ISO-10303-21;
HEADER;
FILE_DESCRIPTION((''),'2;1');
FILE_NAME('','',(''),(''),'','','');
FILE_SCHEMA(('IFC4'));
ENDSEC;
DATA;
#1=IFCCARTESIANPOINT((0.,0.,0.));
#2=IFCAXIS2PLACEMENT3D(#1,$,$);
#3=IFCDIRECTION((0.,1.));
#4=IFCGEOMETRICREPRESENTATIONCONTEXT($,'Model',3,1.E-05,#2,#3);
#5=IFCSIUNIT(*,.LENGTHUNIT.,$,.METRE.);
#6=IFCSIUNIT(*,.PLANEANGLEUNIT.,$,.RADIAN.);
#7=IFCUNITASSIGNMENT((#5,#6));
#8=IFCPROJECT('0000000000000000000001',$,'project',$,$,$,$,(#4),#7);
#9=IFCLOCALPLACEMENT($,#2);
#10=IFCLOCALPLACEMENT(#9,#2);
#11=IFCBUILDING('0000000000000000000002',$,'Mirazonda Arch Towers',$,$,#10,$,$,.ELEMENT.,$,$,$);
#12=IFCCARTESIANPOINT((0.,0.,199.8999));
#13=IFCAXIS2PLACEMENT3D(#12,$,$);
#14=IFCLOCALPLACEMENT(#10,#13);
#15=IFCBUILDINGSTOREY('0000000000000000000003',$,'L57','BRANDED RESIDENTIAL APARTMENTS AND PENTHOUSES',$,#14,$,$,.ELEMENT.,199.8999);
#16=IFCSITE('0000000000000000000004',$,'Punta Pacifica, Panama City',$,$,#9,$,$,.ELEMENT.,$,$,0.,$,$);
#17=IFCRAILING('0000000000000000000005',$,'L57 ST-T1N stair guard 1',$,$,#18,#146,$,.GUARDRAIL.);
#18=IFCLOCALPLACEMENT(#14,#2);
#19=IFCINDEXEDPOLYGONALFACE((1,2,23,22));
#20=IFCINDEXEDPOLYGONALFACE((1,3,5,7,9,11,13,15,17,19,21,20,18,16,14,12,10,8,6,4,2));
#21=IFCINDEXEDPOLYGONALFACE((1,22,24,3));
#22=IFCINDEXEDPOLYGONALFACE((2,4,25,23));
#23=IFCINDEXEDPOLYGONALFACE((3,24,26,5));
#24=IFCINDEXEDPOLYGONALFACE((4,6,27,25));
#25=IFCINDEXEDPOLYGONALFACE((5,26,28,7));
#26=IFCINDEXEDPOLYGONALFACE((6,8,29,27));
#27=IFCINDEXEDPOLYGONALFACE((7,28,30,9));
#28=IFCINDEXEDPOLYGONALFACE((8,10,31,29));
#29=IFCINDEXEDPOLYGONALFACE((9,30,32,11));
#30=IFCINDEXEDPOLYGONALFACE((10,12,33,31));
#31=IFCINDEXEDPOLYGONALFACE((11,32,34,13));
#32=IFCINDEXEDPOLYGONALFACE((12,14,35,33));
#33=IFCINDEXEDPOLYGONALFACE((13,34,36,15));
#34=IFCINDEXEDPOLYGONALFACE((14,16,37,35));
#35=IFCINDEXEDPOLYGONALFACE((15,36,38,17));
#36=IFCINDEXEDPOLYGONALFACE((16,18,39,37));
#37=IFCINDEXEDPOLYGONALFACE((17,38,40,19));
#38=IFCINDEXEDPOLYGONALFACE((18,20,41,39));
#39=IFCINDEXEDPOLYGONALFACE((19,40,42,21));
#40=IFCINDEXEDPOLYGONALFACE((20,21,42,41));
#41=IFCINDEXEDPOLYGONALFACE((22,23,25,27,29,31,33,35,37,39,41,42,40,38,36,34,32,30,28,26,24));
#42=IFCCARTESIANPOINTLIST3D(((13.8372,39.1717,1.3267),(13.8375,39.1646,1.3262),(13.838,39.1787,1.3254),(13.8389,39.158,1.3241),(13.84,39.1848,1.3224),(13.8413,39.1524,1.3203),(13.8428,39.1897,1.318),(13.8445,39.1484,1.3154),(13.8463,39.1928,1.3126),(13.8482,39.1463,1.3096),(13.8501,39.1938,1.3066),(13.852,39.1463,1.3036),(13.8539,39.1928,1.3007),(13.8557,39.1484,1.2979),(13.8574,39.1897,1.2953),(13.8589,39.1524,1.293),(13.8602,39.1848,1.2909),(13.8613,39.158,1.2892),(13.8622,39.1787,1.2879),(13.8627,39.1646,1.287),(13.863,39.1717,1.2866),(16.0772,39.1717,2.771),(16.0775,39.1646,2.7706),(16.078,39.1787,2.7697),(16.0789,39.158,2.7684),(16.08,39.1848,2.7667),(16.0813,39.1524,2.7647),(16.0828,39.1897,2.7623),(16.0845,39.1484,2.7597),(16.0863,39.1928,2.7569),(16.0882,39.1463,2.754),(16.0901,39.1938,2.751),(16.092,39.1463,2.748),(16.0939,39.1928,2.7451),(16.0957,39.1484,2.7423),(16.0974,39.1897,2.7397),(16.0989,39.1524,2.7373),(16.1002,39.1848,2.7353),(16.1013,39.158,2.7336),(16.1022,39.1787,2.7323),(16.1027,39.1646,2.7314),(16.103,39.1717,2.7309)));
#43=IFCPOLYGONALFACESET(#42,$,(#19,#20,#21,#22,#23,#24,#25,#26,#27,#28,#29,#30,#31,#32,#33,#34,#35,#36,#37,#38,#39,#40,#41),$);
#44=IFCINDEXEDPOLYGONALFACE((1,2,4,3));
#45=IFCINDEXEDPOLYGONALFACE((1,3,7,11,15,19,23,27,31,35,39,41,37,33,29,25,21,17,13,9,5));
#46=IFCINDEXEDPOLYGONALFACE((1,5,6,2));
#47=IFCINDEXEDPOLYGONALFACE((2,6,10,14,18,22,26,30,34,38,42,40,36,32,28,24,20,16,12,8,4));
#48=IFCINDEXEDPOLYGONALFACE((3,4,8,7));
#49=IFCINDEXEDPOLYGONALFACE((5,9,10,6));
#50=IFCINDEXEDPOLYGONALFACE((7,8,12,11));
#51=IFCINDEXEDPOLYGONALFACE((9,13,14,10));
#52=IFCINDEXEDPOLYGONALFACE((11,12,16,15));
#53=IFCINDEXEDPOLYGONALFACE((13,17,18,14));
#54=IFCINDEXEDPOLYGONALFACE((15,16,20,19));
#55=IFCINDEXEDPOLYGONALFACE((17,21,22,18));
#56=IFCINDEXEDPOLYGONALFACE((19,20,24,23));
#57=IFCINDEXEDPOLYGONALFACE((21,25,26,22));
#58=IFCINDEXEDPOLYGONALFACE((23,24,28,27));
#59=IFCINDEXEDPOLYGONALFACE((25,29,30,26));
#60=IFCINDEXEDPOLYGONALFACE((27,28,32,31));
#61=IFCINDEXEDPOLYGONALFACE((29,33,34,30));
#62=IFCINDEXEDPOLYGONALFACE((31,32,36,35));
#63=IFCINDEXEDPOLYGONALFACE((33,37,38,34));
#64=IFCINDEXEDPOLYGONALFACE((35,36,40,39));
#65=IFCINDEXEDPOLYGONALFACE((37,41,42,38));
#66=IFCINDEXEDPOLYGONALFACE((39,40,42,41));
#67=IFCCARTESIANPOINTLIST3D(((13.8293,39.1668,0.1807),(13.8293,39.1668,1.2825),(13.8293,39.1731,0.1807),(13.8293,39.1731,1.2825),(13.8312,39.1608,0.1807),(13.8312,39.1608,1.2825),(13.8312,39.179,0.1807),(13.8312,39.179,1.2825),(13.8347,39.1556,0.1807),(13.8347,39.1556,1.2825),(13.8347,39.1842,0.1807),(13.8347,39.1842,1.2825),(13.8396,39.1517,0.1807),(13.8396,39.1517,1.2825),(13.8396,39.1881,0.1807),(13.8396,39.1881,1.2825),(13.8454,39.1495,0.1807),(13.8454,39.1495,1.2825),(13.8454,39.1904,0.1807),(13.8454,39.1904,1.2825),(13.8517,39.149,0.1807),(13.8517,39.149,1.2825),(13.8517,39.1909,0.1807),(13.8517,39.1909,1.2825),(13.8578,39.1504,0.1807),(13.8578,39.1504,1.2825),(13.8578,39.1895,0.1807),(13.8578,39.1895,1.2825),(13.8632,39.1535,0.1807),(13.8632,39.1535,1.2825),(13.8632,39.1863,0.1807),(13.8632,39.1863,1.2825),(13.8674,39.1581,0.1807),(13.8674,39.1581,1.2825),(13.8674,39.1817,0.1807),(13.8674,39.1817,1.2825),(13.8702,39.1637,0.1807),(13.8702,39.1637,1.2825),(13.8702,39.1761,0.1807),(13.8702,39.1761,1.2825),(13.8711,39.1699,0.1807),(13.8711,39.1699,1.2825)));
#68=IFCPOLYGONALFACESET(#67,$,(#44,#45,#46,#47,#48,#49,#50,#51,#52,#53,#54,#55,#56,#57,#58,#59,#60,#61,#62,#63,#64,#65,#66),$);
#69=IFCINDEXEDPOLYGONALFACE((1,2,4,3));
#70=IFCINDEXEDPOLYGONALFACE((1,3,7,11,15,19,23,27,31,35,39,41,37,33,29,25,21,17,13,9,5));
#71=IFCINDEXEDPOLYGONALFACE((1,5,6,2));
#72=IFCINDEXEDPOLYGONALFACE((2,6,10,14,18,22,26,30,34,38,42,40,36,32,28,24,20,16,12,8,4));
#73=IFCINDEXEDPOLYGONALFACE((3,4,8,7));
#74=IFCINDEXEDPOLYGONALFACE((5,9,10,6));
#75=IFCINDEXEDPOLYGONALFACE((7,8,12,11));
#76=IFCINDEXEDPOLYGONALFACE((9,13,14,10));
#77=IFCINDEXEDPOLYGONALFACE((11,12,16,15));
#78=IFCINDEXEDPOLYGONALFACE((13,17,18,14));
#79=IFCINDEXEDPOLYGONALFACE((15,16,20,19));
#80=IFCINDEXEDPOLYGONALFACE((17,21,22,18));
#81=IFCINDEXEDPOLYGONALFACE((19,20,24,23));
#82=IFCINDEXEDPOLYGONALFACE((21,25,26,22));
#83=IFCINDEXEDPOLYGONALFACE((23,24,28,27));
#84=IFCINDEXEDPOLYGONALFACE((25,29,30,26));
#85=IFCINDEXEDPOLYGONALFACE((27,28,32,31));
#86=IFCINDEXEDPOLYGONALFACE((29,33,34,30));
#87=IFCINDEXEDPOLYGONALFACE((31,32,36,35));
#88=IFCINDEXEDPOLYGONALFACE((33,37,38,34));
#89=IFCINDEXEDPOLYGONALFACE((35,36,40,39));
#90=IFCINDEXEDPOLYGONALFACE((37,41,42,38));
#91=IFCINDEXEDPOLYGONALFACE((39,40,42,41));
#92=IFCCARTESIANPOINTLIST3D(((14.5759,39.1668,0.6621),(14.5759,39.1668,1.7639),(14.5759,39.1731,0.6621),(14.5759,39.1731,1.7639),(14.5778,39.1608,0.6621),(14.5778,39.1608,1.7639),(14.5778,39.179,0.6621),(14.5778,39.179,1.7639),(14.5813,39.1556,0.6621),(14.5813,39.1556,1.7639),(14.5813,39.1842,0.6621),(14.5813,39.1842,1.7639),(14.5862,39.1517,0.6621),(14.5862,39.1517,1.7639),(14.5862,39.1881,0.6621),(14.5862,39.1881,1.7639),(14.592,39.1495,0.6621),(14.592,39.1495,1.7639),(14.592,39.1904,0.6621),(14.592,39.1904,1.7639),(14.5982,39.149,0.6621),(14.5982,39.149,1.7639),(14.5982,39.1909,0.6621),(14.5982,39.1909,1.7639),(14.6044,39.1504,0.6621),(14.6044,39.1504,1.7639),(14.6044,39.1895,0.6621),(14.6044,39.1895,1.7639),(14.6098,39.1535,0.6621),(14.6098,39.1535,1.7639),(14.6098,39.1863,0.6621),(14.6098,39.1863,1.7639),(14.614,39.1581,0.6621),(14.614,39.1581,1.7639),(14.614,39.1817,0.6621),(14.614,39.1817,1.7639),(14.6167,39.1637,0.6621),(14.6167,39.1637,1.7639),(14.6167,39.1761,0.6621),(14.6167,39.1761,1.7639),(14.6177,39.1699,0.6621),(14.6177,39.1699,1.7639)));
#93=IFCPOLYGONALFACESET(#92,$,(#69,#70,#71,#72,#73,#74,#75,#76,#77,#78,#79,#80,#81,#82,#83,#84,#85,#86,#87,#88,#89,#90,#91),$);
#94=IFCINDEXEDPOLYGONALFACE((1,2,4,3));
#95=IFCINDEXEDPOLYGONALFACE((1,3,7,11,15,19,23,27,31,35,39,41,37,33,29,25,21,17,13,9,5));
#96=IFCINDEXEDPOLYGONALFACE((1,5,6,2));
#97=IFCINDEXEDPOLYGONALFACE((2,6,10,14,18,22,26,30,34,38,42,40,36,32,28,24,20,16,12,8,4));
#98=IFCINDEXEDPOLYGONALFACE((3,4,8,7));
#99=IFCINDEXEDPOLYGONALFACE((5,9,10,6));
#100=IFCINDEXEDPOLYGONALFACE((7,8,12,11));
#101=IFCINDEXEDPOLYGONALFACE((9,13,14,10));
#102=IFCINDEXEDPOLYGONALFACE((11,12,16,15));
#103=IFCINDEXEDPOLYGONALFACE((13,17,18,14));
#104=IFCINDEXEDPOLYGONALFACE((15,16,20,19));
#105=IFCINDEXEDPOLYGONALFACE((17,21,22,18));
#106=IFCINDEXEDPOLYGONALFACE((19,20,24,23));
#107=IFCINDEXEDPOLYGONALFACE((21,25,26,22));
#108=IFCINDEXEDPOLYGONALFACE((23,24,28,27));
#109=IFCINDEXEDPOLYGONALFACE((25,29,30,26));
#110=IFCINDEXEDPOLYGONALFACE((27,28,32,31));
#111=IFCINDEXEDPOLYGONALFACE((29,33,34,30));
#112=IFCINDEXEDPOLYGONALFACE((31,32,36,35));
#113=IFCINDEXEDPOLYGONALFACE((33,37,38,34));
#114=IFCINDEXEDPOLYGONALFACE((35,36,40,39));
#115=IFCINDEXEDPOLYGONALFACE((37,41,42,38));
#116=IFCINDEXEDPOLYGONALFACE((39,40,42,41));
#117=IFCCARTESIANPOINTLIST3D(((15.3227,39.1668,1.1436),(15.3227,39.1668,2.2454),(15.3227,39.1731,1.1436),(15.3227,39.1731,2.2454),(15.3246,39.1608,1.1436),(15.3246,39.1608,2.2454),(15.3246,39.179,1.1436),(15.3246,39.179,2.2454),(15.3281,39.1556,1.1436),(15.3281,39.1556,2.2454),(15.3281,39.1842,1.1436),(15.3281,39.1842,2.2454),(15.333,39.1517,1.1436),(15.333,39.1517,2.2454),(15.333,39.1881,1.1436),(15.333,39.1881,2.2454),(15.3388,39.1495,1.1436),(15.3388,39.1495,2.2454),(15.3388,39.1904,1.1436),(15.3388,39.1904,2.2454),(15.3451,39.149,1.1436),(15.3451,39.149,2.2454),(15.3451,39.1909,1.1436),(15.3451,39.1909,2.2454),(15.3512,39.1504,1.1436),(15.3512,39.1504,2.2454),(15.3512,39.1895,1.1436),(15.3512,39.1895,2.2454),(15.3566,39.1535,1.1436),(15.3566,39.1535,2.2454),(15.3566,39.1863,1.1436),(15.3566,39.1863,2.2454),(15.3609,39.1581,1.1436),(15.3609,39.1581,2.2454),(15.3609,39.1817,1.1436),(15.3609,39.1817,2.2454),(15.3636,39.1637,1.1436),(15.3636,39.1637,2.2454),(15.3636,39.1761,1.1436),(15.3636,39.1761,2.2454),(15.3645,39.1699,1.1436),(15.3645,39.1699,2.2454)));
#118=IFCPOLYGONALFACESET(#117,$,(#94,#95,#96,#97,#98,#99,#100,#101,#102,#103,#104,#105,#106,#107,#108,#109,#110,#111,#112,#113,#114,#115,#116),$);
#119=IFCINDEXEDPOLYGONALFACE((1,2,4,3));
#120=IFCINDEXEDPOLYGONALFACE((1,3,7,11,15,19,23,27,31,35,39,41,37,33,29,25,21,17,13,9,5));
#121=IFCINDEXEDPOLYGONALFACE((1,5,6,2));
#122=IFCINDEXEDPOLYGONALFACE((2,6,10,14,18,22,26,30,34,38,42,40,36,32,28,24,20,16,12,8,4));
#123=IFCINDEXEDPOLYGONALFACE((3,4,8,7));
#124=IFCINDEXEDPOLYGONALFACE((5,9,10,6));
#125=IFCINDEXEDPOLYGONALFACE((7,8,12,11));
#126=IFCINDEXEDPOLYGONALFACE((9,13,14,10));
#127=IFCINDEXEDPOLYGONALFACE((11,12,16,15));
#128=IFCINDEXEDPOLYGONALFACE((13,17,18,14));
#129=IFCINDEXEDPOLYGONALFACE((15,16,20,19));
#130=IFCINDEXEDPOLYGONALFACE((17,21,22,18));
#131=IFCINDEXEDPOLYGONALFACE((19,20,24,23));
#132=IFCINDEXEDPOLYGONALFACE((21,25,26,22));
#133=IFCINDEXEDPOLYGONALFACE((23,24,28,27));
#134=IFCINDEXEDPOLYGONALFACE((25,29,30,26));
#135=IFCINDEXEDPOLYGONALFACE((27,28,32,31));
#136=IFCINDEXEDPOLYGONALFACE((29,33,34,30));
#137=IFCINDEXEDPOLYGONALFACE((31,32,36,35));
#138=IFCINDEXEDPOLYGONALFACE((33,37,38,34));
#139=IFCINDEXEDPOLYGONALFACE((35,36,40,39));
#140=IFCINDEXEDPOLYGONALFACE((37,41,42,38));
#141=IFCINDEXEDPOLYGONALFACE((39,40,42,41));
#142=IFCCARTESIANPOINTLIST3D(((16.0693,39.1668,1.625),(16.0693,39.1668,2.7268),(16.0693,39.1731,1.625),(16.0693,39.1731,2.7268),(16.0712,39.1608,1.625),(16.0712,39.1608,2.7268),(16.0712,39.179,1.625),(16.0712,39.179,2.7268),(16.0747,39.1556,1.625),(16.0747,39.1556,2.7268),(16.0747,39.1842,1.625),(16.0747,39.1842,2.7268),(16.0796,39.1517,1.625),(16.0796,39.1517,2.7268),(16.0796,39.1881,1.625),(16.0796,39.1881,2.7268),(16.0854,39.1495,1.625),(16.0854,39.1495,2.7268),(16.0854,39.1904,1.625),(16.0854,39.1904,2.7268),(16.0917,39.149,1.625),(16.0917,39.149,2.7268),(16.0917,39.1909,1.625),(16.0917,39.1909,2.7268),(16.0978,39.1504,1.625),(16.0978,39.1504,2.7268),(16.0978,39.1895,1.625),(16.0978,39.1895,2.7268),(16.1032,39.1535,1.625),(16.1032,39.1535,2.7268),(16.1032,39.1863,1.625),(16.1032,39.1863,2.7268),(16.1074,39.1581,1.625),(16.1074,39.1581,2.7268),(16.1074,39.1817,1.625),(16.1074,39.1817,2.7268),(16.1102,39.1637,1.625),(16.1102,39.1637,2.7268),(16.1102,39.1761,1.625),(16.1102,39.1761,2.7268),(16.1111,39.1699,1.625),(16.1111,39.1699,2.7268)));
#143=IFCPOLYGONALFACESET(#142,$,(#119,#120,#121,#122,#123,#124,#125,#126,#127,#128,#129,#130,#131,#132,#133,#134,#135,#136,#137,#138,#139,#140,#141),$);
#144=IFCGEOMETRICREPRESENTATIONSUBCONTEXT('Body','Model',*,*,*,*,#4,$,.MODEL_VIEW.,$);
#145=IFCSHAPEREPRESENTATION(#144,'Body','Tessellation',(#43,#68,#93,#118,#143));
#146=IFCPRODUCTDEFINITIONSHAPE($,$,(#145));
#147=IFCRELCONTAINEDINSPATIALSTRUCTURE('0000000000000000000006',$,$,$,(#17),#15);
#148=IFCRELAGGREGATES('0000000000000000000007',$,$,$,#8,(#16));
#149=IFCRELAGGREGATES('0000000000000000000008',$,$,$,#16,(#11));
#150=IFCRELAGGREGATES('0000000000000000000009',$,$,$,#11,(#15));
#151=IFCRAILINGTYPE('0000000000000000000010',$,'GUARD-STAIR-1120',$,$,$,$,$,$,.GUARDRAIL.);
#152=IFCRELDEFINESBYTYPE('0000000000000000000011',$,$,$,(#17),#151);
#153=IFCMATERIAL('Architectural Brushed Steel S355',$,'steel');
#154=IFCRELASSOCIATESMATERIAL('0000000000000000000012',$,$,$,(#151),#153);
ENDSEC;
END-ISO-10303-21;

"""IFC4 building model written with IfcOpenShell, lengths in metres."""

from ifc_helpers import new_model, si_unit, direction, frame, origin, origin_2d, place, context, subcontext, project, spatial, circle, extrude, material, type_object, element, save


model = new_model("IFC4")

# Units and contexts
model_context = context("Model", 3, precision=1e-05, world=origin(), true_north=direction((0.0, 1.0)))
body_context = subcontext(model_context, "Body", "Model", "MODEL_VIEW")
ifc_project = project(units=[si_unit("LENGTHUNIT", "METRE"), si_unit("PLANEANGLEUNIT", "RADIAN")], contexts=[model_context])

# Site, building, storey
site_placement = place(None, origin())
site = spatial("IfcSite", under=ifc_project, at=site_placement, Name="Punta Pacifica, Panama City", CompositionType="ELEMENT", RefElevation=0.0)
building_placement = place(site_placement, origin())
building = spatial("IfcBuilding", under=site, at=building_placement, Name="Mirazonda Arch Towers", CompositionType="ELEMENT")
storey_placement = place(building_placement, frame((0.0, 0.0, 199.8999)))
storey = spatial("IfcBuildingStorey", under=building, at=storey_placement, Name="L57", Description="BRANDED RESIDENTIAL APARTMENTS AND PENTHOUSES", CompositionType="ELEMENT", Elevation=199.8999)

# Shared definitions
ifc_material_1 = material(Name="Architectural Brushed Steel S355", Category="steel")

# Railing
railing_type_1 = type_object("IfcRailingType", Name="GUARD-STAIR-1120", PredefinedType="GUARDRAIL", material=ifc_material_1)
railing_1_placement = place(storey_placement, frame((13.8501, 39.1699, 0.1807)))
element("IfcRailing", 1, at=railing_1_placement, inside=storey, type_object=railing_type_1, Name="L57 ST-T1N stair guard 1", PredefinedType="GUARDRAIL", context=body_context, shape_type="SweptSolid", body=[
    extrude(circle(Radius=0.0239, at=origin_2d()), frame((0.0, 0.0, 1.126), z_axis=(0.840437, 0.0, 0.54191), x_axis=(0.0, 1.0, 0.0)), (0.0, 0.0, 1.0), 2.6653),
    extrude(circle(Radius=0.021, at=origin_2d()), origin(), (0.0, 0.0, 1.0), 1.1018),
    extrude(circle(Radius=0.021, at=origin_2d()), frame((0.7466, 0.0, 0.4814)), (0.0, 0.0, 1.0), 1.1018),
    extrude(circle(Radius=0.021, at=origin_2d()), frame((1.4934, 0.0, 0.9629)), (0.0, 0.0, 1.0), 1.1018),
    extrude(circle(Radius=0.021, at=origin_2d()), frame((2.24, 0.0, 1.4443)), (0.0, 0.0, 1.0), 1.1018),
])

save(model, "model.ifc")
